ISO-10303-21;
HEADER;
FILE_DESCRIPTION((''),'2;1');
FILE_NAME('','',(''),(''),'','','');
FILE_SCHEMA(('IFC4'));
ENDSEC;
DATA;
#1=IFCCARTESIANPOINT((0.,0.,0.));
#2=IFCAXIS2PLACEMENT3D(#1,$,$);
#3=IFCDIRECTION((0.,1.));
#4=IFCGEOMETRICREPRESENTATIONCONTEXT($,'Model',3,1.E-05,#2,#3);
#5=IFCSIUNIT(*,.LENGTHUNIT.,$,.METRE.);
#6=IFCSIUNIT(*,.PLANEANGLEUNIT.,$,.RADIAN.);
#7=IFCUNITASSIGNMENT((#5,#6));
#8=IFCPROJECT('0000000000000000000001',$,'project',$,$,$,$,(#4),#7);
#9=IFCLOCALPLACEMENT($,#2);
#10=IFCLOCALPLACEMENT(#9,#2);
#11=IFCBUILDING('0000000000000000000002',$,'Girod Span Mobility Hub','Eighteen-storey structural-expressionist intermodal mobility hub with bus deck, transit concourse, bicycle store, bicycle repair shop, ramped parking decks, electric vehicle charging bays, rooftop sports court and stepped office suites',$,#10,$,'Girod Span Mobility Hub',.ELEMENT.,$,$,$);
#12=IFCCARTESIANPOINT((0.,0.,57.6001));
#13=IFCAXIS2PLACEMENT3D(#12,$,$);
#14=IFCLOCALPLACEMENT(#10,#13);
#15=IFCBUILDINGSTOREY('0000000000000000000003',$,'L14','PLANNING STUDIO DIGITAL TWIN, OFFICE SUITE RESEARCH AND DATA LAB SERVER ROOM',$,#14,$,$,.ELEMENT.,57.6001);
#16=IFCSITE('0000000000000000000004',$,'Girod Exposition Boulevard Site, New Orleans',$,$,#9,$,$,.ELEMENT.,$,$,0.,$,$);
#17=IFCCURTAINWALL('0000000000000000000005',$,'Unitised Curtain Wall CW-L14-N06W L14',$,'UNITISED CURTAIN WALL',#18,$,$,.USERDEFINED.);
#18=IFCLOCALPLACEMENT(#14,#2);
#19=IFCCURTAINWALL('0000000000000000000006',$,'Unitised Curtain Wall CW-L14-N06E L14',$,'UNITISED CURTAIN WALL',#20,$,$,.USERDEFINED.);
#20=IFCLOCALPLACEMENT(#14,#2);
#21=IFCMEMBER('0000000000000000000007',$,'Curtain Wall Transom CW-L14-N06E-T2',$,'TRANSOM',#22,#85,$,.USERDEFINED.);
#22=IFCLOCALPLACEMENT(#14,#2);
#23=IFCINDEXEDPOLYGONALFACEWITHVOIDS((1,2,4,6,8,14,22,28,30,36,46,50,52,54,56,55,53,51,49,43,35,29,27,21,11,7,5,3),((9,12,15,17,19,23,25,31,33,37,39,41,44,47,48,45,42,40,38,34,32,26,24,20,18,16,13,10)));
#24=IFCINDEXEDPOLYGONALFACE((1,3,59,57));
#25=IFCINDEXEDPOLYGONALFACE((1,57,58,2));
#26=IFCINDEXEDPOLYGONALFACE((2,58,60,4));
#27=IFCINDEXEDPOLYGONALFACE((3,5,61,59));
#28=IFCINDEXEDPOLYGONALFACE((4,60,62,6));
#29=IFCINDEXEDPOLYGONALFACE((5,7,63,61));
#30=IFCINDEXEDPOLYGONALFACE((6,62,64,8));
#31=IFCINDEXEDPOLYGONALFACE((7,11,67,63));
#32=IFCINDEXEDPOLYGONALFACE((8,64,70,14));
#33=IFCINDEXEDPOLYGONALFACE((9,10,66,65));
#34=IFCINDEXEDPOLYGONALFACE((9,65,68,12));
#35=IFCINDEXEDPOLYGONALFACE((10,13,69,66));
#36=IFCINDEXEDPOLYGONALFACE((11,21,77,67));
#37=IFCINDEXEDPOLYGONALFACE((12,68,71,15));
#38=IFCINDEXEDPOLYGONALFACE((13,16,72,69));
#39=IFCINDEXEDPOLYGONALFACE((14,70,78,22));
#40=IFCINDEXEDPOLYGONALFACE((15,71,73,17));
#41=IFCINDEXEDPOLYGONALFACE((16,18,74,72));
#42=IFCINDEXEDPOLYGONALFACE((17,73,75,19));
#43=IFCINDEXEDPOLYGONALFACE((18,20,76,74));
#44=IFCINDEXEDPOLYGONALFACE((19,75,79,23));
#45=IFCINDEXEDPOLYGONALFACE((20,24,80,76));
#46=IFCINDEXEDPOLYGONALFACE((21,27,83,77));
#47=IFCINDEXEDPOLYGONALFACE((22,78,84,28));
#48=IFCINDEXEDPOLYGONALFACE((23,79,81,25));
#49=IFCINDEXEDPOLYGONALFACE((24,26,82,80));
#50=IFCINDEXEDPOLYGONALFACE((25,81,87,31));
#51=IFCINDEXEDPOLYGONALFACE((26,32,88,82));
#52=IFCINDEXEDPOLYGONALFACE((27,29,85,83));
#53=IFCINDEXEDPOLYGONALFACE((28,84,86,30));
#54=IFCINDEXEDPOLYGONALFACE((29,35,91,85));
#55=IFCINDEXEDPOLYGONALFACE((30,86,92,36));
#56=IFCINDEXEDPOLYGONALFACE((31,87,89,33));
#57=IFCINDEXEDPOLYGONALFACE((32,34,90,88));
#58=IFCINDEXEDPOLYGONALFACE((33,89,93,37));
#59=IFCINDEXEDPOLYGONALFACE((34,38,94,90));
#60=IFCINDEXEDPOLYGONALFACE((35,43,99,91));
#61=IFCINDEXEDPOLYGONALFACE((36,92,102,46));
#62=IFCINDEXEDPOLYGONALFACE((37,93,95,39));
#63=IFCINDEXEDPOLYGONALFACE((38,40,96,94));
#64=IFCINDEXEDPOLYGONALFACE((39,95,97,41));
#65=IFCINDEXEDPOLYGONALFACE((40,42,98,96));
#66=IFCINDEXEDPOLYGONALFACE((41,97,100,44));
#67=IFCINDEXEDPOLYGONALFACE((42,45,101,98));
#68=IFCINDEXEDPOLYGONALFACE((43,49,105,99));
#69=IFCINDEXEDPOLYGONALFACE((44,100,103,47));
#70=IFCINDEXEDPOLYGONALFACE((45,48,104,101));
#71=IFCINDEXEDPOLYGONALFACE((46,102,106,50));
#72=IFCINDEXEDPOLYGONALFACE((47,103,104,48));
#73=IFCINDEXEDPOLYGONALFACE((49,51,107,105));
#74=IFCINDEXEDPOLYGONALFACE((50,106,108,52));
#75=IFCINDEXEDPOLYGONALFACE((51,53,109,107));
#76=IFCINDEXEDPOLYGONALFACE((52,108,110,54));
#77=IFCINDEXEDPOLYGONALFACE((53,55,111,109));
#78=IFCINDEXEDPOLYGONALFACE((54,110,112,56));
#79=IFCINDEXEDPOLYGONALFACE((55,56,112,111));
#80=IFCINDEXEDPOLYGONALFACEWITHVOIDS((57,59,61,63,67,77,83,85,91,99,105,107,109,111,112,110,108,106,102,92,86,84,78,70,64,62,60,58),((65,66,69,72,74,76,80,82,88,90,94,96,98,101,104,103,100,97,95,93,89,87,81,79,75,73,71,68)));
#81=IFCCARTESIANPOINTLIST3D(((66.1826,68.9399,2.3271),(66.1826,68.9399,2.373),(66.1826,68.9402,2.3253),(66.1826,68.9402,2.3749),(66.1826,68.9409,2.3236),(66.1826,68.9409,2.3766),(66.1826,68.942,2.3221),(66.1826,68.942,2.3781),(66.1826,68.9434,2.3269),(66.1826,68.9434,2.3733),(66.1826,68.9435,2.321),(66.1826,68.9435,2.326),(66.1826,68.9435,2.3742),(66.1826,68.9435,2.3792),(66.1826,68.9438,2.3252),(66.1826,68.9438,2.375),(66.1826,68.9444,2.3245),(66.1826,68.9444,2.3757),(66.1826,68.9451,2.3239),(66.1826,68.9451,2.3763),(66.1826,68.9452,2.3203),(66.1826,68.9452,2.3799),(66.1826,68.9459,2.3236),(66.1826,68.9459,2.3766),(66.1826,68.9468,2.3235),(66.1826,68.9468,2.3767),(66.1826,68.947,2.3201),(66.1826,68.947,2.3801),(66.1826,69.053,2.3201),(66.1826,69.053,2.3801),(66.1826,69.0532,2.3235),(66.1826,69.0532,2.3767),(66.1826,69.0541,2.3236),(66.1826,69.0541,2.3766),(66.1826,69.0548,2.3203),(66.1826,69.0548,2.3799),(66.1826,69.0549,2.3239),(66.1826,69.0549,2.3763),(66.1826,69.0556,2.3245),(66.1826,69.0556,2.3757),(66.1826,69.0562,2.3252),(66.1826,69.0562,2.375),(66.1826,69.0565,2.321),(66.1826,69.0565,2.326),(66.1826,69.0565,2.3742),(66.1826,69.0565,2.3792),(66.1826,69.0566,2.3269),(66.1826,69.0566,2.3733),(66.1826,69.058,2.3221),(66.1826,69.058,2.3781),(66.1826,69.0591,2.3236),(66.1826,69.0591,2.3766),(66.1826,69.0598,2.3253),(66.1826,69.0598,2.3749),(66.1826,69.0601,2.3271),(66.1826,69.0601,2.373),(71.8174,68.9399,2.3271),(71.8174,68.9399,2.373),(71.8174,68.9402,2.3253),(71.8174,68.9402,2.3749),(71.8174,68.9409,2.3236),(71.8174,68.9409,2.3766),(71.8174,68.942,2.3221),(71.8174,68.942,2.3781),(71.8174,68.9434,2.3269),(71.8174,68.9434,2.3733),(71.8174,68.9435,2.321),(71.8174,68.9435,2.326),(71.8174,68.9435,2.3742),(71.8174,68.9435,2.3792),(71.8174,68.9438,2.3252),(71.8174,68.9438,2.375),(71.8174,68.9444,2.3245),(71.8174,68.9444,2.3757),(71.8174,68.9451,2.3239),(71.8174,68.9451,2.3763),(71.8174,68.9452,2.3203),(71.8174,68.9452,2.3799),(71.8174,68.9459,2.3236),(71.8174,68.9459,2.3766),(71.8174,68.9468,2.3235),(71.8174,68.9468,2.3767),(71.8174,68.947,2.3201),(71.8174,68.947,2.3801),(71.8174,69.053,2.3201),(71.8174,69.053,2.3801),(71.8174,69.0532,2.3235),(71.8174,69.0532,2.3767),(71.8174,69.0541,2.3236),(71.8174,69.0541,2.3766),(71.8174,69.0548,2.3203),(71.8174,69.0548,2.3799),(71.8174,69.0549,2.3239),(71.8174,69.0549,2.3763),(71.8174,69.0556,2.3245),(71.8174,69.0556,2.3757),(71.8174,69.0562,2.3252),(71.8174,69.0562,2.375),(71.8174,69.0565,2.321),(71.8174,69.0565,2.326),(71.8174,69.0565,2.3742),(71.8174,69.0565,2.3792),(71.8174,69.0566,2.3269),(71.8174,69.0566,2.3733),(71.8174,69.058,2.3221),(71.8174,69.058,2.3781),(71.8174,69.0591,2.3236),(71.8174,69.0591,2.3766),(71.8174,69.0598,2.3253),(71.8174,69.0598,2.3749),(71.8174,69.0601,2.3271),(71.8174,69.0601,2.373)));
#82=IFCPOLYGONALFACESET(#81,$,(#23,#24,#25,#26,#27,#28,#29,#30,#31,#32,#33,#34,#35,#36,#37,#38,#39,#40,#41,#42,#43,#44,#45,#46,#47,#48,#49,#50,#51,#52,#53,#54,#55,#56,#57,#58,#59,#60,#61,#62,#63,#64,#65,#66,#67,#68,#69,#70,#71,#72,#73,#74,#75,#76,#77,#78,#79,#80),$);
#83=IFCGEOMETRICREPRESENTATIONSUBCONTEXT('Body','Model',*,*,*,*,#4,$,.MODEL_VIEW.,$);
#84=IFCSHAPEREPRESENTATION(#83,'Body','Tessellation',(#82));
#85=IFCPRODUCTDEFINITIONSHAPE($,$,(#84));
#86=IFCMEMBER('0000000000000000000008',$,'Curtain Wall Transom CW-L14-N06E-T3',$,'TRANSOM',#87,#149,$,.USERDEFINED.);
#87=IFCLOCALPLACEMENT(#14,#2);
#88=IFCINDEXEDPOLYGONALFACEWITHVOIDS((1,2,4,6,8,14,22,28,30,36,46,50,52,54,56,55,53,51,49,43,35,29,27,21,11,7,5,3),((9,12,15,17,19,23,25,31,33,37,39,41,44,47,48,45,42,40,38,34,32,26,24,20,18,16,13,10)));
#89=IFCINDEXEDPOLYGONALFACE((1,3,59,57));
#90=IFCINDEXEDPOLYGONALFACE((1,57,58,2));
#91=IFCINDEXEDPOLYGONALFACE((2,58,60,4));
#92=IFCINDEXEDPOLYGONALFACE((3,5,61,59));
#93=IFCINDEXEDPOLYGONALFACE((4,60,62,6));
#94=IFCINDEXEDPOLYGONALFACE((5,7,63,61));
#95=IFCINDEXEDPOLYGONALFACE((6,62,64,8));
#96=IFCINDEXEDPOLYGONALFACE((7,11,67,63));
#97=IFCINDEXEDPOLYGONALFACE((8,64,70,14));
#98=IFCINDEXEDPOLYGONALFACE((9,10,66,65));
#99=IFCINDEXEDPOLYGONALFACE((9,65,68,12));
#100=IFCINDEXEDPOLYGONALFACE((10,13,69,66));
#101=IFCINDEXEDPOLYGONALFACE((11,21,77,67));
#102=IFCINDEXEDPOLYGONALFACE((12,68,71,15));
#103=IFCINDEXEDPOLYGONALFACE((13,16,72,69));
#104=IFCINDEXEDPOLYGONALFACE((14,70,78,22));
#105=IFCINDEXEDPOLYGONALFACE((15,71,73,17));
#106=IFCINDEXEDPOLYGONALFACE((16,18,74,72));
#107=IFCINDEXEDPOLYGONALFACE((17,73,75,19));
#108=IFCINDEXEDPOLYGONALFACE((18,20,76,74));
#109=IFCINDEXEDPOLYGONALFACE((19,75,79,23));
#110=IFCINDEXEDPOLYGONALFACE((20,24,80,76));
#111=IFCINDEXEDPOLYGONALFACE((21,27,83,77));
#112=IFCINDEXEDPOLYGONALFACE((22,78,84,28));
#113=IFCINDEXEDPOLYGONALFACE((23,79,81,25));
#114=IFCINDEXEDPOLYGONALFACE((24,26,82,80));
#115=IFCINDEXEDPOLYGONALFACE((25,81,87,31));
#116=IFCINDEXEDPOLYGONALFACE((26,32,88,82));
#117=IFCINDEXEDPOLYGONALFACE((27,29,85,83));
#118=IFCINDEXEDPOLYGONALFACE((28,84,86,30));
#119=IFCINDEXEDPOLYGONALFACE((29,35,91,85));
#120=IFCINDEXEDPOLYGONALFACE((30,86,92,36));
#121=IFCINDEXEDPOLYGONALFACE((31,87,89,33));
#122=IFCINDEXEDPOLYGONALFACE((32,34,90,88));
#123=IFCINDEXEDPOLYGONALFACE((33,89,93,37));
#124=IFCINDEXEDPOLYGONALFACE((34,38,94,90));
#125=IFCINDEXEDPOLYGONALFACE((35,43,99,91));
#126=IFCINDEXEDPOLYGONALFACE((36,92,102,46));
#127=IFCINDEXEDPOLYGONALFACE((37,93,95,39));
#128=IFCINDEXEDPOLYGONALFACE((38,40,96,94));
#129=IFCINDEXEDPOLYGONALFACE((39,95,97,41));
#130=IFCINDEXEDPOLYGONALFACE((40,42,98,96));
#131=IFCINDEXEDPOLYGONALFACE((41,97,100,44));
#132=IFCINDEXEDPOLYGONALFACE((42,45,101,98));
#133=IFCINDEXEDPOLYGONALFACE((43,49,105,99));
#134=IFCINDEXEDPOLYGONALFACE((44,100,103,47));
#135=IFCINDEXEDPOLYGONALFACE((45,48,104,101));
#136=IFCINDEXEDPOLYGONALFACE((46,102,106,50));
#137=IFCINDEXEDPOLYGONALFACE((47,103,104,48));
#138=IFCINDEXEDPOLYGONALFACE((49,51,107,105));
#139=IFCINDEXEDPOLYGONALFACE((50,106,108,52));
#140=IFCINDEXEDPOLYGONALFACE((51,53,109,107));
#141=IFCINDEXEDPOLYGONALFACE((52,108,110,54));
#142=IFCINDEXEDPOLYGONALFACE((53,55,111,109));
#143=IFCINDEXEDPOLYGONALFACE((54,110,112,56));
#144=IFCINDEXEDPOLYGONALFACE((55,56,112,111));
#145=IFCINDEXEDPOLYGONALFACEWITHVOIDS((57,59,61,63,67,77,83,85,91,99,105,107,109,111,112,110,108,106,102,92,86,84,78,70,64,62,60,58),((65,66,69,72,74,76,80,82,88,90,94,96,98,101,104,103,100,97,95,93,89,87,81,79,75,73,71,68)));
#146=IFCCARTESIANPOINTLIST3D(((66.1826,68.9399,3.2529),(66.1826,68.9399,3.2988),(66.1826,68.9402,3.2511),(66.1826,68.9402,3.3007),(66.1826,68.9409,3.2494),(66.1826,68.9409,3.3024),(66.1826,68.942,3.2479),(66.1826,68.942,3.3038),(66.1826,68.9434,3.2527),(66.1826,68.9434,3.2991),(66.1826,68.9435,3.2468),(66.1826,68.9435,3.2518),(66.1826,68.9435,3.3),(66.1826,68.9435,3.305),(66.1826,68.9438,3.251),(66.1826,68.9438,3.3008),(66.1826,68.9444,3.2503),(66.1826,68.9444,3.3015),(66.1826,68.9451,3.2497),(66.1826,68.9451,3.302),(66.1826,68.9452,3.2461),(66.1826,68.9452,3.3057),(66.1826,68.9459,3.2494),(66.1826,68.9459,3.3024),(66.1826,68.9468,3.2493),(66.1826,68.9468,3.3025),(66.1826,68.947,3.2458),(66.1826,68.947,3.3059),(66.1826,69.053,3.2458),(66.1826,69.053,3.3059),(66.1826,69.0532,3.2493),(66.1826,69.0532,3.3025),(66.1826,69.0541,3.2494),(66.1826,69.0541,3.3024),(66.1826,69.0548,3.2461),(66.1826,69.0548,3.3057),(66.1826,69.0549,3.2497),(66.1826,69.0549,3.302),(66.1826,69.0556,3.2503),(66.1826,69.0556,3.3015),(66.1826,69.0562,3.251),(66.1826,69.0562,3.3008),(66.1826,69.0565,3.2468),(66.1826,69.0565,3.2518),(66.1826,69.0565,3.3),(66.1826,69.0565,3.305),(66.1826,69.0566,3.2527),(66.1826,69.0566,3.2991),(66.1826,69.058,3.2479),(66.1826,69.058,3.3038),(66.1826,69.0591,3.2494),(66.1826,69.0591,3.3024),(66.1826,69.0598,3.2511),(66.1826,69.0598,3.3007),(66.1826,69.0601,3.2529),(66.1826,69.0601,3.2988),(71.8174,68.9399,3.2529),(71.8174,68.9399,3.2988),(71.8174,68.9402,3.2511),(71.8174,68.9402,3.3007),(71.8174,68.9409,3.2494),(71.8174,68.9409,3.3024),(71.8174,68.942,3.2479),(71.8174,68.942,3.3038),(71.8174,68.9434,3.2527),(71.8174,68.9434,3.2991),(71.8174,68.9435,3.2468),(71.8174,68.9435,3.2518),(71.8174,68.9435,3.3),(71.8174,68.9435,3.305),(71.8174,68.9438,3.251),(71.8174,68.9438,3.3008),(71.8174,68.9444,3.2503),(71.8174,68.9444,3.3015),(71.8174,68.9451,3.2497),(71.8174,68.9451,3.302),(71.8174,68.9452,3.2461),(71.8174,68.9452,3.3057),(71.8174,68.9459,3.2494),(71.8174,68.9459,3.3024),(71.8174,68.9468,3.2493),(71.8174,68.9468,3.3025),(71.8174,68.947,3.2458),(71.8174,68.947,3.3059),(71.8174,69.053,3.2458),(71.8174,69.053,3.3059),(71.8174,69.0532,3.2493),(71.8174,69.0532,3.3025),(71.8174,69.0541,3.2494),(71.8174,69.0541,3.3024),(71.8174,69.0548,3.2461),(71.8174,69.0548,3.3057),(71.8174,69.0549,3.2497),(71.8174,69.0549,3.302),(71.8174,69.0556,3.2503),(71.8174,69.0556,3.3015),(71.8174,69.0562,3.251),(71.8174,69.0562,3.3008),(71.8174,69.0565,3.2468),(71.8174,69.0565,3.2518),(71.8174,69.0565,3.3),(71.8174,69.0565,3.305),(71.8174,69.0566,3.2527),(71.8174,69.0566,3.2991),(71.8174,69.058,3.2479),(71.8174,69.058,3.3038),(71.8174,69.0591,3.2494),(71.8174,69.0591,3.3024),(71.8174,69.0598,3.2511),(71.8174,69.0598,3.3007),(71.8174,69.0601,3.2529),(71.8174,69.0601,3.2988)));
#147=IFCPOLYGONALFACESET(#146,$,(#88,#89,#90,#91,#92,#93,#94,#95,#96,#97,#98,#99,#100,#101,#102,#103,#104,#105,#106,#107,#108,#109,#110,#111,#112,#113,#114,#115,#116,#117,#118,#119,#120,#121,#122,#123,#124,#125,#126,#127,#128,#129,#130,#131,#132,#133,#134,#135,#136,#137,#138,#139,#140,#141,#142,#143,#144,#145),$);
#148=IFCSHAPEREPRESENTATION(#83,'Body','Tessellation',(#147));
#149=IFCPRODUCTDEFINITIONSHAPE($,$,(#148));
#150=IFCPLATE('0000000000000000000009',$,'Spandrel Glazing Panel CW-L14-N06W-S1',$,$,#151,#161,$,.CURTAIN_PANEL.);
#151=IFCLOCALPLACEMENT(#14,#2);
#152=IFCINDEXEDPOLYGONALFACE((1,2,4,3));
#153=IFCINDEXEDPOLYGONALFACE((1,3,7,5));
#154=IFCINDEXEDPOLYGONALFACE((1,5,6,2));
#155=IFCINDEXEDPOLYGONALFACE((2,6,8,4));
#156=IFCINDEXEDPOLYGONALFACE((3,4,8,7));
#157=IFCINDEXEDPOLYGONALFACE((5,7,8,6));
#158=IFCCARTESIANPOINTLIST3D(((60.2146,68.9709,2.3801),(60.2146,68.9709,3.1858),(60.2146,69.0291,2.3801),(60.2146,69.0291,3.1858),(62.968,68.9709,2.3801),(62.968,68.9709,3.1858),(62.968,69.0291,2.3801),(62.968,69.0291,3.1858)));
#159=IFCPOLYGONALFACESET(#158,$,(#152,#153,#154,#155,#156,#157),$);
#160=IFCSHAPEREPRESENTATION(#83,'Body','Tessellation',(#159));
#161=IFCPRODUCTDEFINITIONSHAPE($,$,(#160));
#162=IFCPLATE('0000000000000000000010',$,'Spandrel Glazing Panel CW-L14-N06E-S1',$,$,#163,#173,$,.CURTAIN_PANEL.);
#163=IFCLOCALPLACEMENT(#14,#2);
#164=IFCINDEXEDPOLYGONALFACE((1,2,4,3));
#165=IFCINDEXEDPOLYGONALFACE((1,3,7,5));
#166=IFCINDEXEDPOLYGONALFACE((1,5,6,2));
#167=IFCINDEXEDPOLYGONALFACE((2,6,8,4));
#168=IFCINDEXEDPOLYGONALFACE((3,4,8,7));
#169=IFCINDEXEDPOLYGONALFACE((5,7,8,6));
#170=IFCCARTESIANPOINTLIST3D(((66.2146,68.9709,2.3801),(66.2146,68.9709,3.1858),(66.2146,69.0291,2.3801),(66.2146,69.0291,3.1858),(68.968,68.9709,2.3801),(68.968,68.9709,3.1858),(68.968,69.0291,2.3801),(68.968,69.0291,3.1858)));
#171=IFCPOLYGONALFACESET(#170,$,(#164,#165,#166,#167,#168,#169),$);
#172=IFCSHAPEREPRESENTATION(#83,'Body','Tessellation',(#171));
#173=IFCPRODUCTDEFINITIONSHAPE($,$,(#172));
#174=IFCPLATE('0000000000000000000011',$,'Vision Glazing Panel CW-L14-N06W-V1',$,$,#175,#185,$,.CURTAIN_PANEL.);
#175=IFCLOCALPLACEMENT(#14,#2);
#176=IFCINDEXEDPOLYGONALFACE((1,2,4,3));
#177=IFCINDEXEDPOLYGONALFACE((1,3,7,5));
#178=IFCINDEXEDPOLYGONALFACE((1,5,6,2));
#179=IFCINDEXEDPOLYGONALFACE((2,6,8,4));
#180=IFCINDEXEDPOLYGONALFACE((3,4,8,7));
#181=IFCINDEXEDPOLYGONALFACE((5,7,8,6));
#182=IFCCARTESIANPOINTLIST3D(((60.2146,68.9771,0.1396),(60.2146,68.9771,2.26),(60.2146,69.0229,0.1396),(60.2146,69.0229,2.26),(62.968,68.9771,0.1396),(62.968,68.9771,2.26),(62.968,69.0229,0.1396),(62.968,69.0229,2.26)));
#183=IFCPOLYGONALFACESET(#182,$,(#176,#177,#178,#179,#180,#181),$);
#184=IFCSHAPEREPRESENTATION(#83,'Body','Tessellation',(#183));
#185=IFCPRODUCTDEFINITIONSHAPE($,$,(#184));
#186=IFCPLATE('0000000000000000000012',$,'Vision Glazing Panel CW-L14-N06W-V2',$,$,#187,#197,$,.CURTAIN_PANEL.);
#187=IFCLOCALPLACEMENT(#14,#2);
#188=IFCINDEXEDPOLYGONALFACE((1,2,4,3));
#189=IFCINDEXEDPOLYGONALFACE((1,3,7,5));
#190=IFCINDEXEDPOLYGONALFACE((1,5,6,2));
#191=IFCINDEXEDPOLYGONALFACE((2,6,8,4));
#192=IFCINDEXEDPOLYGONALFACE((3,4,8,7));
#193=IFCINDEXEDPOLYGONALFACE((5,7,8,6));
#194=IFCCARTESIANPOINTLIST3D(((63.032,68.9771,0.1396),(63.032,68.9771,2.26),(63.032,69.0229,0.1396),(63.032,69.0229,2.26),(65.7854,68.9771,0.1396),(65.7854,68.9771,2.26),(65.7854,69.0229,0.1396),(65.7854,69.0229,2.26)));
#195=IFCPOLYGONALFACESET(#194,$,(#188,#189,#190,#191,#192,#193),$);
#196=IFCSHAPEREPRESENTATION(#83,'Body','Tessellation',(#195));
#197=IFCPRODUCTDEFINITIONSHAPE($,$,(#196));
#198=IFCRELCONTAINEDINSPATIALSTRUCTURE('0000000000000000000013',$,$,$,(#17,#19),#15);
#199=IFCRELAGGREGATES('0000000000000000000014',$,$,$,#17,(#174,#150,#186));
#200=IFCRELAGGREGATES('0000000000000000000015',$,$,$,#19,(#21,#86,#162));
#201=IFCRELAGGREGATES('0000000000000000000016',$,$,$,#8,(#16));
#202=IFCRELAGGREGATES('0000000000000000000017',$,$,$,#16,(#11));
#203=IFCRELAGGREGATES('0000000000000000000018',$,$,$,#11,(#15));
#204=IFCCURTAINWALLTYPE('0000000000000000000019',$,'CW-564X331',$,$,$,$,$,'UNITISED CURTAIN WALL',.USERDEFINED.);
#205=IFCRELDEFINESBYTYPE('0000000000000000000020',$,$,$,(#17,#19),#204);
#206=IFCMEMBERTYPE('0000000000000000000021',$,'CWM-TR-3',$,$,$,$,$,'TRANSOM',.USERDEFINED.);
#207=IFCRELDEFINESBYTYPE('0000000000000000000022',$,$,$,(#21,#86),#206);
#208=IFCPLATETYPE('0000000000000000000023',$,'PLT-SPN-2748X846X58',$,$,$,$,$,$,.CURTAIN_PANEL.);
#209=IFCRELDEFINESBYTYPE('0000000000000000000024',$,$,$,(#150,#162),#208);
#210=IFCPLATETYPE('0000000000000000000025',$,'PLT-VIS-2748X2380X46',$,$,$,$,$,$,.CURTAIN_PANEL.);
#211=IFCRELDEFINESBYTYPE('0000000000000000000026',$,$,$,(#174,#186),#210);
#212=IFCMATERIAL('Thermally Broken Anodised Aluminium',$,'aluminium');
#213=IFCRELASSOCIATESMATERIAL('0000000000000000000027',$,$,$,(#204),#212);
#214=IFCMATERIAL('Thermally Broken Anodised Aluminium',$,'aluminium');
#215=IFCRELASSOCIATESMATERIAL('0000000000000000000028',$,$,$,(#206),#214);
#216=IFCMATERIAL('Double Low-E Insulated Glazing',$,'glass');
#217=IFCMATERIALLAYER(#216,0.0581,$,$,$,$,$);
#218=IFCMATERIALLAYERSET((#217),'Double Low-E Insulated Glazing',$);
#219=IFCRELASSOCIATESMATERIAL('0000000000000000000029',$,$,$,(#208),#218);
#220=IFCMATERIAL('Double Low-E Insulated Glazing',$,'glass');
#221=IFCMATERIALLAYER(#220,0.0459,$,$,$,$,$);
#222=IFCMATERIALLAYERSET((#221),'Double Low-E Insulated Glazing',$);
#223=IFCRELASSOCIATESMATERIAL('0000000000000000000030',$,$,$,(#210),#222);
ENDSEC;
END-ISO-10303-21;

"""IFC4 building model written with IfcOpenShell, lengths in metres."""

from ifc_helpers import new_model, si_unit, direction, frame, origin, origin_2d, place, context, subcontext, project, spatial, rectangle, hollow_rectangle, extrude, material, layer, layer_set, material_profile, profile_set, type_object, element, aggregate, save


model = new_model("IFC4")

# Units and contexts
model_context = context("Model", 3, precision=1e-05, world=origin(), true_north=direction((0.0, 1.0)))
body_context = subcontext(model_context, "Body", "Model", "MODEL_VIEW")
ifc_project = project(units=[si_unit("LENGTHUNIT", "METRE"), si_unit("PLANEANGLEUNIT", "RADIAN")], contexts=[model_context])

# Site, building, storey
site_placement = place(None, origin())
site = spatial("IfcSite", under=ifc_project, at=site_placement, Name="Girod Exposition Boulevard Site, New Orleans", CompositionType="ELEMENT", RefElevation=0.0)
building_placement = place(site_placement, origin())
building = spatial("IfcBuilding", under=site, at=building_placement, Name="Girod Span Mobility Hub", Description="Eighteen-storey structural-expressionist intermodal mobility hub with bus deck, transit concourse, bicycle store, bicycle repair shop, ramped parking decks, electric vehicle charging bays, rooftop sports court and stepped office suites", LongName="Girod Span Mobility Hub", CompositionType="ELEMENT")
storey_placement = place(building_placement, frame((0.0, 0.0, 57.6001)))
storey = spatial("IfcBuildingStorey", under=building, at=storey_placement, Name="L14", Description="PLANNING STUDIO DIGITAL TWIN, OFFICE SUITE RESEARCH AND DATA LAB SERVER ROOM", CompositionType="ELEMENT", Elevation=57.6001)

# Curtain wall
ifc_material_1 = material(Name="Thermally Broken Anodised Aluminium", Category="aluminium")
curtain_wall_type = type_object("IfcCurtainWallType", Name="CW-564X331", ElementType="UNITISED CURTAIN WALL", PredefinedType="USERDEFINED", material=ifc_material_1)
curtain_wall_1_placement = place(storey_placement, origin())
curtain_wall_1 = element("IfcCurtainWall", 1, at=curtain_wall_1_placement, inside=storey, type_object=curtain_wall_type, Name="Unitised Curtain Wall CW-L14-N06W L14", ObjectType="UNITISED CURTAIN WALL", PredefinedType="USERDEFINED")

# Curtain wall
curtain_wall_2_placement = place(storey_placement, origin())
curtain_wall_2 = element("IfcCurtainWall", 2, at=curtain_wall_2_placement, inside=storey, type_object=curtain_wall_type, Name="Unitised Curtain Wall CW-L14-N06E L14", ObjectType="UNITISED CURTAIN WALL", PredefinedType="USERDEFINED")

# Members
ifc_material_2 = material(Name="Thermally Broken Anodised Aluminium", Category="aluminium")
ifc_material_profile_1 = material_profile(ifc_material_2, hollow_rectangle(XDim=0.1201, YDim=0.0601, WallThickness=0.0034, InnerFilletRadius=0.0034, OuterFilletRadius=0.0071, at=origin_2d()), Name="CW-TR-60X120")
ifc_profile_set_1 = profile_set([ifc_material_profile_1], Name="Thermally Broken Anodised Aluminium")
member_type_1 = type_object("IfcMemberType", Name="CWM-TR-3", ElementType="TRANSOM", PredefinedType="USERDEFINED", material=ifc_profile_set_1)
member_1_placement = place(storey_placement, frame((66.1826, 69.0, 2.3501), z_axis=(1.0, 0.0, 0.0), x_axis=(0.0, 1.0, 0.0)))
member_1 = element("IfcMember", 3, at=member_1_placement, type_object=member_type_1, Name="Curtain Wall Transom CW-L14-N06E-T2", ObjectType="TRANSOM", PredefinedType="USERDEFINED", context=body_context, shape_type="SweptSolid", body=[
    extrude(hollow_rectangle(XDim=0.1201, YDim=0.0601, WallThickness=0.0034, InnerFilletRadius=0.0034, OuterFilletRadius=0.0071, at=origin_2d()), origin(), (0.0, 0.0, 1.0), 5.6348),
])
member_2_placement = place(storey_placement, frame((66.1826, 69.0, 3.2759), z_axis=(1.0, 0.0, 0.0), x_axis=(0.0, 1.0, 0.0)))
member_2 = element("IfcMember", 4, at=member_2_placement, type_object=member_type_1, Name="Curtain Wall Transom CW-L14-N06E-T3", ObjectType="TRANSOM", PredefinedType="USERDEFINED", context=body_context, shape_type="SweptSolid", body=[
    extrude(hollow_rectangle(XDim=0.1201, YDim=0.0601, WallThickness=0.0034, InnerFilletRadius=0.0034, OuterFilletRadius=0.0071, at=origin_2d()), origin(), (0.0, 0.0, 1.0), 5.6348),
])

# Plates
ifc_material_3 = material(Name="Double Low-E Insulated Glazing", Category="glass")
ifc_layer_1 = layer(ifc_material_3, 0.0581)
ifc_layer_set_1 = layer_set([ifc_layer_1], Name="Double Low-E Insulated Glazing")
plate_type_1 = type_object("IfcPlateType", Name="PLT-SPN-2748X846X58", PredefinedType="CURTAIN_PANEL", material=ifc_layer_set_1)
plate_1_placement = place(storey_placement, frame((61.5913, 69.0, 2.3801), z_axis=(0.0, 0.0, 1.0), x_axis=(1.0, 0.0, 0.0)))
plate_1 = element("IfcPlate", 5, at=plate_1_placement, type_object=plate_type_1, Name="Spandrel Glazing Panel CW-L14-N06W-S1", PredefinedType="CURTAIN_PANEL", context=body_context, shape_type="SweptSolid", body=[
    extrude(rectangle(XDim=2.7534, YDim=0.0581, at=origin_2d()), origin(), (0.0, 0.0, 1.0), 0.8057),
])
plate_2_placement = place(storey_placement, frame((67.5913, 69.0, 2.3801), z_axis=(0.0, 0.0, 1.0), x_axis=(1.0, 0.0, 0.0)))
plate_2 = element("IfcPlate", 6, at=plate_2_placement, type_object=plate_type_1, Name="Spandrel Glazing Panel CW-L14-N06E-S1", PredefinedType="CURTAIN_PANEL", context=body_context, shape_type="SweptSolid", body=[
    extrude(rectangle(XDim=2.7534, YDim=0.0581, at=origin_2d()), origin(), (0.0, 0.0, 1.0), 0.8057),
])
ifc_material_4 = material(Name="Double Low-E Insulated Glazing", Category="glass")
ifc_layer_2 = layer(ifc_material_4, 0.0459)
ifc_layer_set_2 = layer_set([ifc_layer_2], Name="Double Low-E Insulated Glazing")
plate_type_2 = type_object("IfcPlateType", Name="PLT-VIS-2748X2380X46", PredefinedType="CURTAIN_PANEL", material=ifc_layer_set_2)
plate_3_placement = place(storey_placement, frame((61.5913, 69.0, 0.1396), z_axis=(0.0, 0.0, 1.0), x_axis=(1.0, 0.0, 0.0)))
plate_3 = element("IfcPlate", 7, at=plate_3_placement, type_object=plate_type_2, Name="Vision Glazing Panel CW-L14-N06W-V1", PredefinedType="CURTAIN_PANEL", context=body_context, shape_type="SweptSolid", body=[
    extrude(rectangle(XDim=2.7534, YDim=0.0459, at=origin_2d()), origin(), (0.0, 0.0, 1.0), 2.1204),
])
plate_4_placement = place(storey_placement, frame((64.4087, 69.0, 0.1396), z_axis=(0.0, 0.0, 1.0), x_axis=(1.0, 0.0, 0.0)))
plate_4 = element("IfcPlate", 8, at=plate_4_placement, type_object=plate_type_2, Name="Vision Glazing Panel CW-L14-N06W-V2", PredefinedType="CURTAIN_PANEL", context=body_context, shape_type="SweptSolid", body=[
    extrude(rectangle(XDim=2.7534, YDim=0.0459, at=origin_2d()), origin(), (0.0, 0.0, 1.0), 2.1204),
])
aggregate(curtain_wall_1, [plate_3, plate_1, plate_4])
aggregate(curtain_wall_2, [member_1, member_2, plate_2])

save(model, "model.ifc")
